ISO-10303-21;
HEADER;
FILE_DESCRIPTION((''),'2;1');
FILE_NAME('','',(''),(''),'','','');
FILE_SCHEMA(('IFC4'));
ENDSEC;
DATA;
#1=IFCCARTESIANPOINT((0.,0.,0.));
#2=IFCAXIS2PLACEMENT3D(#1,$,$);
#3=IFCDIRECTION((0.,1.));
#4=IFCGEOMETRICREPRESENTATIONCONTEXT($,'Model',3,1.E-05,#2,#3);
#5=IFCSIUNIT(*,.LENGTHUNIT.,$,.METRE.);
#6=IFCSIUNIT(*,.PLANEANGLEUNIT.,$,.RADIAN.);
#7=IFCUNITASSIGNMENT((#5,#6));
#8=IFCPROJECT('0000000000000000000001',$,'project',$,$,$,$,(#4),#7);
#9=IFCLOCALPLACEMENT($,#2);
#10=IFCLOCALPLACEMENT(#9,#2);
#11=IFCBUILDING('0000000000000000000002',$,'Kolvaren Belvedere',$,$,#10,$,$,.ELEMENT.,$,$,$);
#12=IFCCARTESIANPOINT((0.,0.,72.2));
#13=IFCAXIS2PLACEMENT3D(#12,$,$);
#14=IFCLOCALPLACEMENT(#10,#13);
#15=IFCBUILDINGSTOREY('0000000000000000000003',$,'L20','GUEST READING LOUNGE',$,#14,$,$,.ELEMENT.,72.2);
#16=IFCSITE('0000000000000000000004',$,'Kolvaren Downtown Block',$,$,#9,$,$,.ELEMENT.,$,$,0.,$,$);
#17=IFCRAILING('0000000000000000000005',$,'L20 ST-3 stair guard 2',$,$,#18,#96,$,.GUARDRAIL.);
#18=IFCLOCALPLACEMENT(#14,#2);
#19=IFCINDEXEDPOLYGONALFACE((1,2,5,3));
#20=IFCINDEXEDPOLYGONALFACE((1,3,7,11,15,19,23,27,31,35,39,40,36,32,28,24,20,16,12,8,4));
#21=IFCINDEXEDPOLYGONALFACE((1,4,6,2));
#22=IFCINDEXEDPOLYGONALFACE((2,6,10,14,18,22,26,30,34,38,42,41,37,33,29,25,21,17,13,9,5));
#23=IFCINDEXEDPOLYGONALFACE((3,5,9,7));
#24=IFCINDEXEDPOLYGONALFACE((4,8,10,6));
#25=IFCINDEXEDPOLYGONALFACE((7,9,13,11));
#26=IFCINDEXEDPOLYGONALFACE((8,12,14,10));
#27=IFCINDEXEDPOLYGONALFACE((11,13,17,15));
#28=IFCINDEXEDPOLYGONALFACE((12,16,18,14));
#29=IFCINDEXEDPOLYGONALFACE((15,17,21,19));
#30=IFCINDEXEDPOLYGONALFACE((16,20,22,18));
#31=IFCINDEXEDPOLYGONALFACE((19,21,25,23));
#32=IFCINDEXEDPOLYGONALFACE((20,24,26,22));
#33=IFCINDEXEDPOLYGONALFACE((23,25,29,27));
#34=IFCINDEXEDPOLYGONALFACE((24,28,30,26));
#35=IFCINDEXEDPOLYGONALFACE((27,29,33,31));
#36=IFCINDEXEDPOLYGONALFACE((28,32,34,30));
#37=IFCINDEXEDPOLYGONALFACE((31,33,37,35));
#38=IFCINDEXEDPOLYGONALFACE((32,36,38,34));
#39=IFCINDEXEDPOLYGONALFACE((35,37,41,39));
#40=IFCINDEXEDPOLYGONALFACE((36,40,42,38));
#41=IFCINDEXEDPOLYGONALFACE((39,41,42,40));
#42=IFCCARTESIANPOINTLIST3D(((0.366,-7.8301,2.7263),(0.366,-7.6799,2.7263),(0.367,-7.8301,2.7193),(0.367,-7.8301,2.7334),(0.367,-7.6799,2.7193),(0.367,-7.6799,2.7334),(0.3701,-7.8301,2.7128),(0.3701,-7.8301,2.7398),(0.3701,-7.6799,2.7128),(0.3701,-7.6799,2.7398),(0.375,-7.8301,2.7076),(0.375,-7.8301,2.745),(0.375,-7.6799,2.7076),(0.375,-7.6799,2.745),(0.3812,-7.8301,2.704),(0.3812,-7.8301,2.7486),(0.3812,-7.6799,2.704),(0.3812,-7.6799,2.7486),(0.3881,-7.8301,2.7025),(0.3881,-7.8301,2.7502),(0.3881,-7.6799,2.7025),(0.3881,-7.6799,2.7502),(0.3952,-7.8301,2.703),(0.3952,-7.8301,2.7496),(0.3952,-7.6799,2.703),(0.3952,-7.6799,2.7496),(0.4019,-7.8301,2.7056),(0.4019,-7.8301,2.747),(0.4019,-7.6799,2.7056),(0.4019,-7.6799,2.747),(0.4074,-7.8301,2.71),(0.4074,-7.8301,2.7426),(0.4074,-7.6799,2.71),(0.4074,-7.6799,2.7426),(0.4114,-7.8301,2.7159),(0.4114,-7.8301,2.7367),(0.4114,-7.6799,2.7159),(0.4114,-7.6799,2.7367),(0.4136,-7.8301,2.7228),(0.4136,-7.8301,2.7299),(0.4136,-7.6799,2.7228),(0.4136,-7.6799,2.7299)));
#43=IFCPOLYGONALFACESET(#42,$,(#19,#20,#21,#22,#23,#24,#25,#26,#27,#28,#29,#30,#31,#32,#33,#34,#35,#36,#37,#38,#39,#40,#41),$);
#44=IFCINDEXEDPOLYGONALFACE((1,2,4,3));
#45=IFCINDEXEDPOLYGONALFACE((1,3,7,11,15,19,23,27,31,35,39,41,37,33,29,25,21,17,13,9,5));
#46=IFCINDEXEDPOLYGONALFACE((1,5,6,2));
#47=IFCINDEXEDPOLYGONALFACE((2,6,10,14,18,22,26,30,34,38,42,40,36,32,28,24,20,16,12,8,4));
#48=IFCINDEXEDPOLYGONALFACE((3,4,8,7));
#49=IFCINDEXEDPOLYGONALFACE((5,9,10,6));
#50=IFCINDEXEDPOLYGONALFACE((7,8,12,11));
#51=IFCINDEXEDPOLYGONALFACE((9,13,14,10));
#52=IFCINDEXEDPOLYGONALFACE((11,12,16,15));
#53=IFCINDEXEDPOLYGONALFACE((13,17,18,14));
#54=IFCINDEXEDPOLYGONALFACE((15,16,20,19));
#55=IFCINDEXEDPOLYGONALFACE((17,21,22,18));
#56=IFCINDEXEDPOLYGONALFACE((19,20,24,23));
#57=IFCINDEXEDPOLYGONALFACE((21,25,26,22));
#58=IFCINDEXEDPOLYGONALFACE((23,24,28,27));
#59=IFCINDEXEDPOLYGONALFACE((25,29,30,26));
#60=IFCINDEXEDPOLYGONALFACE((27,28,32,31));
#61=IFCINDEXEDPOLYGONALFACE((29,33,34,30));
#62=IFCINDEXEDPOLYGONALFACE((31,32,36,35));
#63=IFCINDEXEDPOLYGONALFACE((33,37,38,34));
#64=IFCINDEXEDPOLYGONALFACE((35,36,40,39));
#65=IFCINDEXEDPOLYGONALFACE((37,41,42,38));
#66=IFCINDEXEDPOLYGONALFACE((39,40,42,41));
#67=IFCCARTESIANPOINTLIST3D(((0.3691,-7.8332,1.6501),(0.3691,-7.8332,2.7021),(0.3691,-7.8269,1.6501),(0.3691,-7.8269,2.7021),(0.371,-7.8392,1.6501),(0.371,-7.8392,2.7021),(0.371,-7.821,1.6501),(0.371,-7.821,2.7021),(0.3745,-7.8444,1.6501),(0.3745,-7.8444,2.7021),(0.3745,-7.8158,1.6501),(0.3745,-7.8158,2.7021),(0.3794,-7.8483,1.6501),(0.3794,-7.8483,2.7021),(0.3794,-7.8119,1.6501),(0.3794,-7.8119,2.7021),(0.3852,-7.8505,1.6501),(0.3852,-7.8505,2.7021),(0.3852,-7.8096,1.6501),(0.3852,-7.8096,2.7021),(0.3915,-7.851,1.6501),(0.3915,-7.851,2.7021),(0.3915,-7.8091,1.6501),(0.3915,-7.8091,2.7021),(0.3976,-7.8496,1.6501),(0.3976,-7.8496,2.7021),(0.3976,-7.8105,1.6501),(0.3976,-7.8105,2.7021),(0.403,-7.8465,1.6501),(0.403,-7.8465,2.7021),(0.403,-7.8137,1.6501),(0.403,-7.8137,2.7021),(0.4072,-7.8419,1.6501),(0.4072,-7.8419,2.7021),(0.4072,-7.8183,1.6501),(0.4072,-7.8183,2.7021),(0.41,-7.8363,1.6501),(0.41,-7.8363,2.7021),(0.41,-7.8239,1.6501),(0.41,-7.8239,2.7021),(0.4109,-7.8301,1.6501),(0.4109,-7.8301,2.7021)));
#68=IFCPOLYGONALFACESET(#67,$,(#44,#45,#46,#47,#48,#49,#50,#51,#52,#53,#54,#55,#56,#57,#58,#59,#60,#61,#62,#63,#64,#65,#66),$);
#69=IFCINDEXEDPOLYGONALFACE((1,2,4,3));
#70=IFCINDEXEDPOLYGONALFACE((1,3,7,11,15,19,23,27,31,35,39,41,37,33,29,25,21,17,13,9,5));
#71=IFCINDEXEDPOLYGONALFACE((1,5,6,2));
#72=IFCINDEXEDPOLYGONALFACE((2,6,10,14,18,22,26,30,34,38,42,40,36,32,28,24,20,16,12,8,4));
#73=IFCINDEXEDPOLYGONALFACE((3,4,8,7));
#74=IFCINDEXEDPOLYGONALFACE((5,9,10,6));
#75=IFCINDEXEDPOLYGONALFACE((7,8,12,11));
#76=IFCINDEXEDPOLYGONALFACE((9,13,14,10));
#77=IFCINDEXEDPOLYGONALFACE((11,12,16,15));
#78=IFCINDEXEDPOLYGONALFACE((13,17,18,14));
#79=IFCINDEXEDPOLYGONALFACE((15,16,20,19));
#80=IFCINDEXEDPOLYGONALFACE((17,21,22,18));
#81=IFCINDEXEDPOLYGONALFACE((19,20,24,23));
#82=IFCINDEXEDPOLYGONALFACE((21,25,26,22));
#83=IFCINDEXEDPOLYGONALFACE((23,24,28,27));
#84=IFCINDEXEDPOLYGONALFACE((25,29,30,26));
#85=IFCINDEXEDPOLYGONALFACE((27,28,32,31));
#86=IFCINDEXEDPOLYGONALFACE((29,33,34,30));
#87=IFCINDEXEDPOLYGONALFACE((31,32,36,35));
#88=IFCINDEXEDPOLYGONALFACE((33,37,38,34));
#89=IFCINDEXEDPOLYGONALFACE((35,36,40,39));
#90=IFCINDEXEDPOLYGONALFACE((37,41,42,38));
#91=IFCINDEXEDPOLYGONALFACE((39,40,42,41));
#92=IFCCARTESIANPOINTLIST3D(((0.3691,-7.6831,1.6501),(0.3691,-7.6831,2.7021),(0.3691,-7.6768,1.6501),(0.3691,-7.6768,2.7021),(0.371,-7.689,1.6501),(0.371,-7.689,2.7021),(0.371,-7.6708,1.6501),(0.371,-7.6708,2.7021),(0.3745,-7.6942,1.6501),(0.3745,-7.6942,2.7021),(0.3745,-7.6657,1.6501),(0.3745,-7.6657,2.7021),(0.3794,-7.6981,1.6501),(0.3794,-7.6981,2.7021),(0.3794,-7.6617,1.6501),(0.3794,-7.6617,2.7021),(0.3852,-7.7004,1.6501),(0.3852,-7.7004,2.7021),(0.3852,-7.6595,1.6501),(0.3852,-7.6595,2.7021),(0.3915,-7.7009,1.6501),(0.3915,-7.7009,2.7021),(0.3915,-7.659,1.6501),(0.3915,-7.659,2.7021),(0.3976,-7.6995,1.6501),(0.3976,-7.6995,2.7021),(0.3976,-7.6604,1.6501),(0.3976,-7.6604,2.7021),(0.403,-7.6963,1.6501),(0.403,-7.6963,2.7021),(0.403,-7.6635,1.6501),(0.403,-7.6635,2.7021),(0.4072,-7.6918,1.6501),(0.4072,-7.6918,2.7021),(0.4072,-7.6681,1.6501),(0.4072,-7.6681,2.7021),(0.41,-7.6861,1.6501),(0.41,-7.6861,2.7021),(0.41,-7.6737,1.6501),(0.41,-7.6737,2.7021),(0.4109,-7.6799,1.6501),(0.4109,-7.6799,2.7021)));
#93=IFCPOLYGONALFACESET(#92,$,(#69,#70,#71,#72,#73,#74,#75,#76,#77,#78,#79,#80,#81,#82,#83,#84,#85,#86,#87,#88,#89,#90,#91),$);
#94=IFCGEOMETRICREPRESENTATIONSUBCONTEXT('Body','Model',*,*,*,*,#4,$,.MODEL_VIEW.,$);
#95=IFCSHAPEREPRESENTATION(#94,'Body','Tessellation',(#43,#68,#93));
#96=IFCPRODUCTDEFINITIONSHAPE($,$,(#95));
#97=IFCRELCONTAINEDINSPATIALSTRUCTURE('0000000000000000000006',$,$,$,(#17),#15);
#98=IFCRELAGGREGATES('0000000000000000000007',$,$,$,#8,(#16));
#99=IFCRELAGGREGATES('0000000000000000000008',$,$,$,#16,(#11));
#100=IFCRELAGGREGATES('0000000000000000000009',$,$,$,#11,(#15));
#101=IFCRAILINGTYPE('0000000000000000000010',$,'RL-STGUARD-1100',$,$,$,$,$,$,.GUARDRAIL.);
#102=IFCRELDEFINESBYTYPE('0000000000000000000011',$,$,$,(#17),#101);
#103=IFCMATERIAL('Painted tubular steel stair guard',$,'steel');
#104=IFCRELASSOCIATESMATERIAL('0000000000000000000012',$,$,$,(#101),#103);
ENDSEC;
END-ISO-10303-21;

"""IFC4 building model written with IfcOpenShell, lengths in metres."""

from ifc_helpers import new_model, si_unit, direction, frame, origin, origin_2d, place, context, subcontext, project, spatial, circle, extrude, material, type_object, element, save


model = new_model("IFC4")

# Units and contexts
model_context = context("Model", 3, precision=1e-05, world=origin(), true_north=direction((0.0, 1.0)))
body_context = subcontext(model_context, "Body", "Model", "MODEL_VIEW")
ifc_project = project(units=[si_unit("LENGTHUNIT", "METRE"), si_unit("PLANEANGLEUNIT", "RADIAN")], contexts=[model_context])

# Site, building, storey
site_placement = place(None, origin())
site = spatial("IfcSite", under=ifc_project, at=site_placement, Name="Kolvaren Downtown Block", CompositionType="ELEMENT", RefElevation=0.0)
building_placement = place(site_placement, origin())
building = spatial("IfcBuilding", under=site, at=building_placement, Name="Kolvaren Belvedere", CompositionType="ELEMENT")
storey_placement = place(building_placement, frame((0.0, 0.0, 72.2)))
storey = spatial("IfcBuildingStorey", under=building, at=storey_placement, Name="L20", Description="GUEST READING LOUNGE", CompositionType="ELEMENT", Elevation=72.2)

# Railing
ifc_material_1 = material(Name="Painted tubular steel stair guard", Category="steel")
railing_type_1 = type_object("IfcRailingType", Name="RL-STGUARD-1100", PredefinedType="GUARDRAIL", material=ifc_material_1)
railing_1_placement = place(storey_placement, frame((0.3899, -7.8301, 1.6501)))
element("IfcRailing", 1, at=railing_1_placement, inside=storey, type_object=railing_type_1, Name="L20 ST-3 stair guard 2", PredefinedType="GUARDRAIL", context=body_context, shape_type="SweptSolid", body=[
    extrude(circle(Radius=0.0239, at=origin_2d()), frame((0.0, 0.0, 1.0762), z_axis=(0.0, 1.0, 0.0), x_axis=(-1.0, 0.0, 0.0)), (0.0, 0.0, 1.0), 0.1501),
    extrude(circle(Radius=0.021, at=origin_2d()), origin(), (0.0, 0.0, 1.0), 1.052),
    extrude(circle(Radius=0.021, at=origin_2d()), frame((0.0, 0.1501, 0.0)), (0.0, 0.0, 1.0), 1.052),
])

save(model, "model.ifc")
